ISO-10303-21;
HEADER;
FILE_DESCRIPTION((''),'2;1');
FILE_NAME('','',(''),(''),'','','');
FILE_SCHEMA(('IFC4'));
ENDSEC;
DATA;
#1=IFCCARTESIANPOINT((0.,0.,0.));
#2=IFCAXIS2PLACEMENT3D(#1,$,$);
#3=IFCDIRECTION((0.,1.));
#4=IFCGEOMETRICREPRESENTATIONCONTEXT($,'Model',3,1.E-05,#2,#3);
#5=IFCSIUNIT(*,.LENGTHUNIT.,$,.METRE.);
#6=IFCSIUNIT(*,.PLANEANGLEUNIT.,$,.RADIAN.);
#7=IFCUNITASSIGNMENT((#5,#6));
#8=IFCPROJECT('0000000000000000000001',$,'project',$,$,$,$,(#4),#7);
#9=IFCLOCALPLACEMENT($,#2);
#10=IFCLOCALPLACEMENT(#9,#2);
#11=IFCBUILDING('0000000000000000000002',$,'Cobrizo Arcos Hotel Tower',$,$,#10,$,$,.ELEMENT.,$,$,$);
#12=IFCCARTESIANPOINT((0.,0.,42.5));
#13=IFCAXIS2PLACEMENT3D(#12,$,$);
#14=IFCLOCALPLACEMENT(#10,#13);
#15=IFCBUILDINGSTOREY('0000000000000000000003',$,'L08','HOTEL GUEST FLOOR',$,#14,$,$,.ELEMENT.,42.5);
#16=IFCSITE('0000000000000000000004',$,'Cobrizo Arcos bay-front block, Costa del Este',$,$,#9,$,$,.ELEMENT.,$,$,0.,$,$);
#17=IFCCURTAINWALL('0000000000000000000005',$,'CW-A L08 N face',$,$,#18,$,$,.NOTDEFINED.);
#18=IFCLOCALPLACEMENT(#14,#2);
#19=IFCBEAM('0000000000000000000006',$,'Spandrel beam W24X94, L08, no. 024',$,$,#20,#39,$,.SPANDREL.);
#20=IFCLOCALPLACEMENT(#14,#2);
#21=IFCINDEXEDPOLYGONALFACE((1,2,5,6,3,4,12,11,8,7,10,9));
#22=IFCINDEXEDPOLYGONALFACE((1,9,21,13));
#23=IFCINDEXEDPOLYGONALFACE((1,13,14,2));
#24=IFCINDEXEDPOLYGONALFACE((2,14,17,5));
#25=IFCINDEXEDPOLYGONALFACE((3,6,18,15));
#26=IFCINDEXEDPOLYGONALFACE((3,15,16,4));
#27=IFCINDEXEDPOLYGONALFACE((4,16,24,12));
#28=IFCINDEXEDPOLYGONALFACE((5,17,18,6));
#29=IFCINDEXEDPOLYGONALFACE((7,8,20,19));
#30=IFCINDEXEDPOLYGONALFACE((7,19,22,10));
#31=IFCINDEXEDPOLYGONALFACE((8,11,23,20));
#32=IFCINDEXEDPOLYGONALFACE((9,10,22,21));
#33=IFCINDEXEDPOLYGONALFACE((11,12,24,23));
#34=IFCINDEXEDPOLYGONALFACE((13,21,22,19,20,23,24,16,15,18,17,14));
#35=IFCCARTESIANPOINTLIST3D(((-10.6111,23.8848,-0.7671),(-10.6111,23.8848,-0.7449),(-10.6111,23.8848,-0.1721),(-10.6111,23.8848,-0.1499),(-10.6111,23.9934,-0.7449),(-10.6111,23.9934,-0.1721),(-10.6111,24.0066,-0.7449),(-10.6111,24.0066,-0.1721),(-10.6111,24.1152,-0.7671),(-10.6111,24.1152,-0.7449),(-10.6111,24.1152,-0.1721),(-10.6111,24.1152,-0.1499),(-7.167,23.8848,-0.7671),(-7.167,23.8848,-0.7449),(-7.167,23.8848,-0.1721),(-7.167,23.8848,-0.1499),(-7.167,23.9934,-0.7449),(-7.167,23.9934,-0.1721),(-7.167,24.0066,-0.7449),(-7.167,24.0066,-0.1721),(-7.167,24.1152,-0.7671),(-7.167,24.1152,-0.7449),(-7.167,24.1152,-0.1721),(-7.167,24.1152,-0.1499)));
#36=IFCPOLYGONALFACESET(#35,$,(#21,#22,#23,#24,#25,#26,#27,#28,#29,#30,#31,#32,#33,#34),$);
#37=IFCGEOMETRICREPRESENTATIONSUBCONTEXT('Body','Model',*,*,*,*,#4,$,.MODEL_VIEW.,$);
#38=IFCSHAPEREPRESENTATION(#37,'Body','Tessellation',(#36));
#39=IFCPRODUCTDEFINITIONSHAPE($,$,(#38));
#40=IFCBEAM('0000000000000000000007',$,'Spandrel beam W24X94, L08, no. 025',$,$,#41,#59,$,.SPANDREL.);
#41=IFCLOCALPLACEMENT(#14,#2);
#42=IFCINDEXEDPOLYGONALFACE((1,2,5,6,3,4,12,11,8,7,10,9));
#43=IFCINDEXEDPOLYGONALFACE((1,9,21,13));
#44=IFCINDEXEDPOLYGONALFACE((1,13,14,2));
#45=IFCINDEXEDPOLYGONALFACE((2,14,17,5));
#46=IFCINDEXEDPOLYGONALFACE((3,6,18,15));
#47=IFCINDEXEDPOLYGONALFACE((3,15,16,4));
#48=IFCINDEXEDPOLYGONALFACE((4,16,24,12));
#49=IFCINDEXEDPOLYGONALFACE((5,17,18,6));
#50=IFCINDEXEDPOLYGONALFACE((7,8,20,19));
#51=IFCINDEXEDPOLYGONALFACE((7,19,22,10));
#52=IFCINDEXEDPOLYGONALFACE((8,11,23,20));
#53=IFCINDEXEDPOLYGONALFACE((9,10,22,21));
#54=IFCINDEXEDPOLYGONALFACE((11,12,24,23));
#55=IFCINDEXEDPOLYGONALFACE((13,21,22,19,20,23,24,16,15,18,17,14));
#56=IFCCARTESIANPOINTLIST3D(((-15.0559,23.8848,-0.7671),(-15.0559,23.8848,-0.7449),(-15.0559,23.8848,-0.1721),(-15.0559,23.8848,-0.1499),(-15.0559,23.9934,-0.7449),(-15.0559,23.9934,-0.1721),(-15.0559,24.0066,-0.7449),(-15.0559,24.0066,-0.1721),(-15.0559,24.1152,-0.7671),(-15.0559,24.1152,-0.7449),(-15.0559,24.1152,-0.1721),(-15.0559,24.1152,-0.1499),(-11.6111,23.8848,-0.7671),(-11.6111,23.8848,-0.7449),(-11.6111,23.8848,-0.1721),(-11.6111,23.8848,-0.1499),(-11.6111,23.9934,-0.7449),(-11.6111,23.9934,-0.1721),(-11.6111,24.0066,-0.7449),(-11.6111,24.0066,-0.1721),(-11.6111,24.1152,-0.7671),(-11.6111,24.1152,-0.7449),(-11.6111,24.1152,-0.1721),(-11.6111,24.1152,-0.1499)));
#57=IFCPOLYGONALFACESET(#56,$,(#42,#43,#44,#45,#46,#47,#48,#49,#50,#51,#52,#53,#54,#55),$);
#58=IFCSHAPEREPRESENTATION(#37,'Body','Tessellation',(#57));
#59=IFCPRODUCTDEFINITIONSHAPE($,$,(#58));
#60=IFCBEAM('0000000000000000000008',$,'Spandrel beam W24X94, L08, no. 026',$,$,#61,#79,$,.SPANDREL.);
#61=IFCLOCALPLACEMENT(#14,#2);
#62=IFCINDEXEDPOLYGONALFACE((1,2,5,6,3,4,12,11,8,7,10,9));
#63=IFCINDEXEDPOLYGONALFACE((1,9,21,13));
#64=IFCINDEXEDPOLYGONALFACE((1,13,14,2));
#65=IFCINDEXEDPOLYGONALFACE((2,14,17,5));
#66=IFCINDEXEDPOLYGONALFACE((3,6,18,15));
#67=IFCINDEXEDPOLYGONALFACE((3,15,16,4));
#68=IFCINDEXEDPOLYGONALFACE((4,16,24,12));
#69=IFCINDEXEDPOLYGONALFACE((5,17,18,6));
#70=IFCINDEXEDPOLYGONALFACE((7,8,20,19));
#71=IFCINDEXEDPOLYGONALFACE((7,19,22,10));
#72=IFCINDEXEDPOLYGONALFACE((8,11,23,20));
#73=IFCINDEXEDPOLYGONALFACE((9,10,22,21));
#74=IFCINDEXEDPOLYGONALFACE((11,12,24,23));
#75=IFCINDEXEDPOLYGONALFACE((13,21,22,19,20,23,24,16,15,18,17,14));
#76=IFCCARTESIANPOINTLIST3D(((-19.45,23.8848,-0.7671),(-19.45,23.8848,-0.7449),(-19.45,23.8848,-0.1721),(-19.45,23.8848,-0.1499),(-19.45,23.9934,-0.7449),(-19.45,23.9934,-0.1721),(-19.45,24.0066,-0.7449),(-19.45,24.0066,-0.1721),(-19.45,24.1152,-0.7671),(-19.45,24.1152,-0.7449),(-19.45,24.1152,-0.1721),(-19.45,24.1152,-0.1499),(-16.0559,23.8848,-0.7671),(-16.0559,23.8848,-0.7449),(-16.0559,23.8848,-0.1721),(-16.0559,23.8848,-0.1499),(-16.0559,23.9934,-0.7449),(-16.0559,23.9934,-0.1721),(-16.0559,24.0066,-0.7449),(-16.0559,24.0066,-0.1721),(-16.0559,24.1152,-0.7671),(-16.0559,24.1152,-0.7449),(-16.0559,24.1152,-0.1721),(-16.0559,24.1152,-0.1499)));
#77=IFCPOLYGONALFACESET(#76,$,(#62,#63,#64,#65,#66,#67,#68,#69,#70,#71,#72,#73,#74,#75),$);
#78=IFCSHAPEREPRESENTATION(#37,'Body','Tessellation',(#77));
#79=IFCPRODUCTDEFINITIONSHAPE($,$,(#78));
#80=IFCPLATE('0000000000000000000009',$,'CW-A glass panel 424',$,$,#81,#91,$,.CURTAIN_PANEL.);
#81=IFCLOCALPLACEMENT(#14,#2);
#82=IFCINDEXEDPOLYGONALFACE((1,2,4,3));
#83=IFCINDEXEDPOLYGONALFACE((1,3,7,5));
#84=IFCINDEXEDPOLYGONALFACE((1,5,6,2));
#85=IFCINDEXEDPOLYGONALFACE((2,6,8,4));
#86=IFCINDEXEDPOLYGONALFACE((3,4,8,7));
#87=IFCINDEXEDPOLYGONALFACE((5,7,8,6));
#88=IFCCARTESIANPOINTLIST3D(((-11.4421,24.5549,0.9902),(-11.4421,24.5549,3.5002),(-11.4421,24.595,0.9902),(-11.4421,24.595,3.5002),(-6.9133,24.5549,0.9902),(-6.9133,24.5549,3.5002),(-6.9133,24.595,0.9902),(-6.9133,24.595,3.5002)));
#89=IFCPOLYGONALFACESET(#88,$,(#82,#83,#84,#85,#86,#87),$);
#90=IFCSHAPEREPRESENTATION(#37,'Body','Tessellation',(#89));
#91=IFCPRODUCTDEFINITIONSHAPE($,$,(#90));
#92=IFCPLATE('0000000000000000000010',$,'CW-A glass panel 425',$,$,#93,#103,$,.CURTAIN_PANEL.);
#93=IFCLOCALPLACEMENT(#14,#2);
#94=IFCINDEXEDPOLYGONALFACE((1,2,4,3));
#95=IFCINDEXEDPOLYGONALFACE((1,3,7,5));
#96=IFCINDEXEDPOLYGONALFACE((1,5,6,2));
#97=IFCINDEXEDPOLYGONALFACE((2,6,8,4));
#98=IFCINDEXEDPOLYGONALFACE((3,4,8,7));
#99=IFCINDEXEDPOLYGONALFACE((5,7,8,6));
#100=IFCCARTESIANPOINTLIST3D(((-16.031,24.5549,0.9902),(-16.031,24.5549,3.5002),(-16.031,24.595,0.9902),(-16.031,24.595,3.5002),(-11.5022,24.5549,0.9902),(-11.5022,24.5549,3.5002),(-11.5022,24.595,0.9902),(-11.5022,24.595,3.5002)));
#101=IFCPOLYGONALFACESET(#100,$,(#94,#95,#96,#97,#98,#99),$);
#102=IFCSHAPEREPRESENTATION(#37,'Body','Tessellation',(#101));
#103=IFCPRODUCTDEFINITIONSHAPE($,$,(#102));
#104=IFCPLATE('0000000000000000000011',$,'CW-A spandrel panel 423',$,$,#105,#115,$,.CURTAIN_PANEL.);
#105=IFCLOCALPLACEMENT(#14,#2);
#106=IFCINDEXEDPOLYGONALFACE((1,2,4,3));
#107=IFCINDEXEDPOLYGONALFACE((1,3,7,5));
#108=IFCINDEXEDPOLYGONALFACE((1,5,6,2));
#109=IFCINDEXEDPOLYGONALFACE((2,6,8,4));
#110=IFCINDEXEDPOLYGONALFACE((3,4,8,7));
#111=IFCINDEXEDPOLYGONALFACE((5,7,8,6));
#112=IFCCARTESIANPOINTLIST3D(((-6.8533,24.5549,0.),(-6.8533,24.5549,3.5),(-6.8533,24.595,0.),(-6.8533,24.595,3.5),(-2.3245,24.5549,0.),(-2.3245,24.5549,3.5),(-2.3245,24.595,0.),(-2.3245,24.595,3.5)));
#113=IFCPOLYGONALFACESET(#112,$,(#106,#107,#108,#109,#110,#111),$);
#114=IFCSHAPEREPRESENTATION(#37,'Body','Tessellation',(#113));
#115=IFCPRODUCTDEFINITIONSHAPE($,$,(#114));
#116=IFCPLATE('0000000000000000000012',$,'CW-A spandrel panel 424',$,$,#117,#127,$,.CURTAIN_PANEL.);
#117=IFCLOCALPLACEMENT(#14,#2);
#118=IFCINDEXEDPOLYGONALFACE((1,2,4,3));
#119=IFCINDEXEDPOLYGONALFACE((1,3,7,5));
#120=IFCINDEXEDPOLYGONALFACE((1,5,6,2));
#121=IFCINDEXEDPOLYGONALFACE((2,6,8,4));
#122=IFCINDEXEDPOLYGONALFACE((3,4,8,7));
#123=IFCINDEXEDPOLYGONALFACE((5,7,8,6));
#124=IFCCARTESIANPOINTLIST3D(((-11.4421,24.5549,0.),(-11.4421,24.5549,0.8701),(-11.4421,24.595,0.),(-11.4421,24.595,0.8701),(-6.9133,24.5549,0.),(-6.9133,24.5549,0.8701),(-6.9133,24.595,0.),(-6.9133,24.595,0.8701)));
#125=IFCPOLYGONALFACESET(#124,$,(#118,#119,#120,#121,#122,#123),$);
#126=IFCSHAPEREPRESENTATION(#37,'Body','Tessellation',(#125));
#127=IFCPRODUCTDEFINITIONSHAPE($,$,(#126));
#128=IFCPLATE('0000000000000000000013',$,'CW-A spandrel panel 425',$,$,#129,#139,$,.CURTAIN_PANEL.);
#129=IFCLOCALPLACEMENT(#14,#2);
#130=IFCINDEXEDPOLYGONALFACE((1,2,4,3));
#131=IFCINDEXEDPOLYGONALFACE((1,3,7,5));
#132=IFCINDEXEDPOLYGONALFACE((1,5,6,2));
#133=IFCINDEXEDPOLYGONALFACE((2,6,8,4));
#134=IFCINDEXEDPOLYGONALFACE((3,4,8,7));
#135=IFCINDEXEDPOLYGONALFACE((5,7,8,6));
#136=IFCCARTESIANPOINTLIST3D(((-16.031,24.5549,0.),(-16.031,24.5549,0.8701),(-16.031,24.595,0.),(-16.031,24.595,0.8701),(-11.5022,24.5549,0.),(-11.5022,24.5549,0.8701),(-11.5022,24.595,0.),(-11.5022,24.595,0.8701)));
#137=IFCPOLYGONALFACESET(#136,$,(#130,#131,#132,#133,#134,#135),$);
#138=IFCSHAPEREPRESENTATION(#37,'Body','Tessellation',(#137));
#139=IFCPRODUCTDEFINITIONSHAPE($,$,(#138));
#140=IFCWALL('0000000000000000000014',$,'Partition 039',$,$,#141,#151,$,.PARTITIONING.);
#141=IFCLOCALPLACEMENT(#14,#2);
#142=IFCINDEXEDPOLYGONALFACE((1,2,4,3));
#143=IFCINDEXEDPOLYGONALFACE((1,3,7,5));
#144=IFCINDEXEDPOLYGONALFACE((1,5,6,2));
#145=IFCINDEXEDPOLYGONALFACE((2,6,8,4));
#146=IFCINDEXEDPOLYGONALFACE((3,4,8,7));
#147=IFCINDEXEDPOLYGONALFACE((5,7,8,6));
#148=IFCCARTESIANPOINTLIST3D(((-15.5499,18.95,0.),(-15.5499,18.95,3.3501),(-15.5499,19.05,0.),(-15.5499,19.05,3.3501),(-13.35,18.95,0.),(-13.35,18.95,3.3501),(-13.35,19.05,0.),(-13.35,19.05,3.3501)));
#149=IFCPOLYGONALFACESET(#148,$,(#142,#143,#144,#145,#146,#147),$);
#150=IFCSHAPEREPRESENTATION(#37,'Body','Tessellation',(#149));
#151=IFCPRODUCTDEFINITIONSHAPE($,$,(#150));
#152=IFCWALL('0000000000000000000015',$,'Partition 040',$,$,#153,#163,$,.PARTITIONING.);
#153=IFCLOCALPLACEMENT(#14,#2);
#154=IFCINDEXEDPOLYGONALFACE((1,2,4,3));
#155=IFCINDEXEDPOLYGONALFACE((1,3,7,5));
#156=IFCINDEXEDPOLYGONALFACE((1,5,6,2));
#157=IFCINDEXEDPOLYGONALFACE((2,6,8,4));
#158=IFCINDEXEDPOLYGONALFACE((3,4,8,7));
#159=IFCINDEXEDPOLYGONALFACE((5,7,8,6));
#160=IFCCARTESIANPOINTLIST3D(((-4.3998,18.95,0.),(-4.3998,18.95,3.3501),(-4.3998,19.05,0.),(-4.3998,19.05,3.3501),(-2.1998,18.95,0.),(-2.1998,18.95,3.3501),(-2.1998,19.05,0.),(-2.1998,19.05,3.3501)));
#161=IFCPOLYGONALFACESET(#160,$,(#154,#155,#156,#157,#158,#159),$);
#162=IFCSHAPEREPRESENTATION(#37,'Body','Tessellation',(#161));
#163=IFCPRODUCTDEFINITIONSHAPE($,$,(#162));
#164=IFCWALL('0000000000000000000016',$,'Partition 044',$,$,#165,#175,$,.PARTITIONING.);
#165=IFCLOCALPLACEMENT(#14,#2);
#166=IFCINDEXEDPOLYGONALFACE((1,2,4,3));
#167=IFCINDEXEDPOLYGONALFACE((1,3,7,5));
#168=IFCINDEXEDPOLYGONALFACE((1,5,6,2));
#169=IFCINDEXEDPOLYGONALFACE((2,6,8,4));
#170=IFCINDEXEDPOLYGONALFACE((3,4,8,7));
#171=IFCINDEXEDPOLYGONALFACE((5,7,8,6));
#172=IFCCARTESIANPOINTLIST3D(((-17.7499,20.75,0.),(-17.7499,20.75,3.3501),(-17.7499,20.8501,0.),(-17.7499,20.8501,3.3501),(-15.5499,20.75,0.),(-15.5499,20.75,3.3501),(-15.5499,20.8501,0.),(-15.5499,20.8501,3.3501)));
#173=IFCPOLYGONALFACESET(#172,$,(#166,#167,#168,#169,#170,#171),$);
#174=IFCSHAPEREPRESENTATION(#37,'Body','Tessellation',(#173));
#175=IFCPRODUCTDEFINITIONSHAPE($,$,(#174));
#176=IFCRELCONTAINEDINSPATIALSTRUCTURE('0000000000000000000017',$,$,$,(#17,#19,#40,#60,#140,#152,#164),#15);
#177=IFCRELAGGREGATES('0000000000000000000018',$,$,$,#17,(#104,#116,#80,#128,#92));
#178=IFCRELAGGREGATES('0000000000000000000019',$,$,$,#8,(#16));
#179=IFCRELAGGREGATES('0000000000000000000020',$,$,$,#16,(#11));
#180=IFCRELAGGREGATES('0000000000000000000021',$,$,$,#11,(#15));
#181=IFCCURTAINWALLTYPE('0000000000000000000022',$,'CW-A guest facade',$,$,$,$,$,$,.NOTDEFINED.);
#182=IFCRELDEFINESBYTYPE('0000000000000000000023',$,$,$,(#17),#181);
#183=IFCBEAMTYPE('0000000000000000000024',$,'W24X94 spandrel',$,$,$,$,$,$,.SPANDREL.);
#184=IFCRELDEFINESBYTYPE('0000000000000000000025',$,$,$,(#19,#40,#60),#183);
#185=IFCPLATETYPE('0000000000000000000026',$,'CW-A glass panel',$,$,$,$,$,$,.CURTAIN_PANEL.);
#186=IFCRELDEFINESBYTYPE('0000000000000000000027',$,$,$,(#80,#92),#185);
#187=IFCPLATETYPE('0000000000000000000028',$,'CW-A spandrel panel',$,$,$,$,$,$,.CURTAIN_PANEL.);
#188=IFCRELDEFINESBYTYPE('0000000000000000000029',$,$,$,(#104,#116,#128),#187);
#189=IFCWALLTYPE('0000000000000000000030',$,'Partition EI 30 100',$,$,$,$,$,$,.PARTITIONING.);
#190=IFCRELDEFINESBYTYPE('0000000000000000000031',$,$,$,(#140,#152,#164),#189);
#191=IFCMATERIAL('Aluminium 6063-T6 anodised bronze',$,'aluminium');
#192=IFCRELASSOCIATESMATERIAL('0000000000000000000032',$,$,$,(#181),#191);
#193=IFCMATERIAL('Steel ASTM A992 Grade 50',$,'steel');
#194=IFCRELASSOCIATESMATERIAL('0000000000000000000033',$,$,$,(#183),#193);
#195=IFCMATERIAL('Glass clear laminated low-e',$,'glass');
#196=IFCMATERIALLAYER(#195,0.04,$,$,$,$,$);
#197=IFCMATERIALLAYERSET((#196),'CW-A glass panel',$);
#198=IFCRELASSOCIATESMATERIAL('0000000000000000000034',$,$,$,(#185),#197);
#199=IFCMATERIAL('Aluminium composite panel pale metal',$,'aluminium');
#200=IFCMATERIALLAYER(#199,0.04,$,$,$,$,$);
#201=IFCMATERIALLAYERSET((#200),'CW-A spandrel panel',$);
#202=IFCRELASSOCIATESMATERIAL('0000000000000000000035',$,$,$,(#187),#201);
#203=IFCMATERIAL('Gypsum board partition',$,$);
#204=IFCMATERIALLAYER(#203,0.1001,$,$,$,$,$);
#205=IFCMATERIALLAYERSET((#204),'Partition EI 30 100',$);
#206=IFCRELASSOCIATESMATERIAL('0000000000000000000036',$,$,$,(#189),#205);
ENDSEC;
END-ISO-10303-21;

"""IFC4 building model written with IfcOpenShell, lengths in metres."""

from ifc_helpers import new_model, si_unit, direction, frame, frame_2d, origin, origin_2d, place, context, subcontext, project, spatial, rectangle, i_section, extrude, material, layer, layer_set, material_profile, profile_set, type_object, element, aggregate, save


model = new_model("IFC4")

# Units and contexts
model_context = context("Model", 3, precision=1e-05, world=origin(), true_north=direction((0.0, 1.0)))
body_context = subcontext(model_context, "Body", "Model", "MODEL_VIEW")
ifc_project = project(units=[si_unit("LENGTHUNIT", "METRE"), si_unit("PLANEANGLEUNIT", "RADIAN")], contexts=[model_context])

# Site, building, storey
site_placement = place(None, origin())
site = spatial("IfcSite", under=ifc_project, at=site_placement, Name="Cobrizo Arcos bay-front block, Costa del Este", CompositionType="ELEMENT", RefElevation=0.0)
building_placement = place(site_placement, origin())
building = spatial("IfcBuilding", under=site, at=building_placement, Name="Cobrizo Arcos Hotel Tower", CompositionType="ELEMENT")
storey_placement = place(building_placement, frame((0.0, 0.0, 42.5)))
storey = spatial("IfcBuildingStorey", under=building, at=storey_placement, Name="L08", Description="HOTEL GUEST FLOOR", CompositionType="ELEMENT", Elevation=42.5)

# Curtain wall
ifc_material_1 = material(Name="Aluminium 6063-T6 anodised bronze", Category="aluminium")
curtain_wall_type = type_object("IfcCurtainWallType", Name="CW-A guest facade", PredefinedType="NOTDEFINED", material=ifc_material_1)
curtain_wall_placement = place(storey_placement, origin())
curtain_wall = element("IfcCurtainWall", 1, at=curtain_wall_placement, inside=storey, type_object=curtain_wall_type, Name="CW-A L08 N face", PredefinedType="NOTDEFINED")

# Beams
ifc_material_2 = material(Name="Steel ASTM A992 Grade 50", Category="steel")
ifc_material_profile_1 = material_profile(ifc_material_2, i_section(OverallWidth=0.2305, OverallDepth=0.6172, WebThickness=0.0132, FlangeThickness=0.0222, at=origin_2d()), Name="W24X94")
ifc_profile_set_1 = profile_set([ifc_material_profile_1], Name="Steel ASTM A992 Grade 50")
beam_type = type_object("IfcBeamType", Name="W24X94 spandrel", PredefinedType="SPANDREL", material=ifc_profile_set_1)
beam_1_placement = place(storey_placement, frame((-7.167, 24.0, -0.4585), z_axis=(-1.0, 0.0, 0.0), x_axis=(0.0, -1.0, 0.0)))
element("IfcBeam", 2, at=beam_1_placement, inside=storey, type_object=beam_type, Name="Spandrel beam W24X94, L08, no. 024", PredefinedType="SPANDREL", context=body_context, shape_type="SweptSolid", body=[
    extrude(i_section(OverallWidth=0.2305, OverallDepth=0.6172, WebThickness=0.0132, FlangeThickness=0.0222, at=origin_2d()), origin(), (0.0, 0.0, 1.0), 3.4441),
])
beam_2_placement = place(storey_placement, frame((-11.6111, 24.0, -0.4585), z_axis=(-1.0, 0.0, 0.0), x_axis=(0.0, -1.0, 0.0)))
element("IfcBeam", 3, at=beam_2_placement, inside=storey, type_object=beam_type, Name="Spandrel beam W24X94, L08, no. 025", PredefinedType="SPANDREL", context=body_context, shape_type="SweptSolid", body=[
    extrude(i_section(OverallWidth=0.2305, OverallDepth=0.6172, WebThickness=0.0132, FlangeThickness=0.0222, at=origin_2d()), origin(), (0.0, 0.0, 1.0), 3.4448),
])
beam_3_placement = place(storey_placement, frame((-16.0559, 24.0, -0.4585), z_axis=(-1.0, 0.0, 0.0), x_axis=(0.0, -1.0, 0.0)))
element("IfcBeam", 4, at=beam_3_placement, inside=storey, type_object=beam_type, Name="Spandrel beam W24X94, L08, no. 026", PredefinedType="SPANDREL", context=body_context, shape_type="SweptSolid", body=[
    extrude(i_section(OverallWidth=0.2305, OverallDepth=0.6172, WebThickness=0.0132, FlangeThickness=0.0222, at=origin_2d()), origin(), (0.0, 0.0, 1.0), 3.394),
])

# Plates
ifc_material_3 = material(Name="Glass clear laminated low-e", Category="glass")
ifc_layer_1 = layer(ifc_material_3, 0.04)
ifc_layer_set_1 = layer_set([ifc_layer_1], Name="CW-A glass panel")
plate_type_1 = type_object("IfcPlateType", Name="CW-A glass panel", PredefinedType="CURTAIN_PANEL", material=ifc_layer_set_1)
plate_1_placement = place(storey_placement, frame((-9.1777, 24.575, 0.9902), z_axis=(0.0, 0.0, 1.0), x_axis=(-1.0, 0.0, 0.0)))
plate_1 = element("IfcPlate", 5, at=plate_1_placement, type_object=plate_type_1, Name="CW-A glass panel 424", PredefinedType="CURTAIN_PANEL", context=body_context, shape_type="SweptSolid", body=[
    extrude(rectangle(XDim=4.5288, YDim=0.04, at=origin_2d()), origin(), (0.0, 0.0, 1.0), 2.51),
])
plate_2_placement = place(storey_placement, frame((-13.7666, 24.575, 0.9902), z_axis=(0.0, 0.0, 1.0), x_axis=(-1.0, 0.0, 0.0)))
plate_2 = element("IfcPlate", 6, at=plate_2_placement, type_object=plate_type_1, Name="CW-A glass panel 425", PredefinedType="CURTAIN_PANEL", context=body_context, shape_type="SweptSolid", body=[
    extrude(rectangle(XDim=4.5288, YDim=0.04, at=origin_2d()), origin(), (0.0, 0.0, 1.0), 2.51),
])
ifc_material_4 = material(Name="Aluminium composite panel pale metal", Category="aluminium")
ifc_layer_2 = layer(ifc_material_4, 0.04)
ifc_layer_set_2 = layer_set([ifc_layer_2], Name="CW-A spandrel panel")
plate_type_2 = type_object("IfcPlateType", Name="CW-A spandrel panel", PredefinedType="CURTAIN_PANEL", material=ifc_layer_set_2)
plate_3_placement = place(storey_placement, frame((-4.5889, 24.575, 0.0), z_axis=(0.0, 0.0, 1.0), x_axis=(-1.0, 0.0, 0.0)))
plate_3 = element("IfcPlate", 7, at=plate_3_placement, type_object=plate_type_2, Name="CW-A spandrel panel 423", PredefinedType="CURTAIN_PANEL", context=body_context, shape_type="SweptSolid", body=[
    extrude(rectangle(XDim=4.5288, YDim=0.04, at=origin_2d()), origin(), (0.0, 0.0, 1.0), 3.5),
])
plate_4_placement = place(storey_placement, frame((-9.1777, 24.575, 0.0), z_axis=(0.0, 0.0, 1.0), x_axis=(-1.0, 0.0, 0.0)))
plate_4 = element("IfcPlate", 8, at=plate_4_placement, type_object=plate_type_2, Name="CW-A spandrel panel 424", PredefinedType="CURTAIN_PANEL", context=body_context, shape_type="SweptSolid", body=[
    extrude(rectangle(XDim=4.5288, YDim=0.04, at=origin_2d()), origin(), (0.0, 0.0, 1.0), 0.8701),
])
plate_5_placement = place(storey_placement, frame((-13.7666, 24.575, 0.0), z_axis=(0.0, 0.0, 1.0), x_axis=(-1.0, 0.0, 0.0)))
plate_5 = element("IfcPlate", 9, at=plate_5_placement, type_object=plate_type_2, Name="CW-A spandrel panel 425", PredefinedType="CURTAIN_PANEL", context=body_context, shape_type="SweptSolid", body=[
    extrude(rectangle(XDim=4.5288, YDim=0.04, at=origin_2d()), origin(), (0.0, 0.0, 1.0), 0.8701),
])
aggregate(curtain_wall, [plate_3, plate_4, plate_1, plate_5, plate_2])

# Walls
ifc_material_5 = material(Name="Gypsum board partition")
ifc_layer_3 = layer(ifc_material_5, 0.1001)
ifc_layer_set_3 = layer_set([ifc_layer_3], Name="Partition EI 30 100")
wall_type = type_object("IfcWallType", Name="Partition EI 30 100", PredefinedType="PARTITIONING", material=ifc_layer_set_3)
for number, where, z_axis, x_axis, name in (
    (10, (-15.55, 19.0, 0.0), (0.0, 0.0, 1.0), (1.0, 0.0, 0.0), "Partition 039"),
    (11, (-4.3999, 19.0, 0.0), (0.0, 0.0, 1.0), (1.0, 0.0, 0.0), "Partition 040"),
    (12, (-17.75, 20.8, 0.0), (0.0, 0.0, 1.0), (1.0, 0.0, 0.0), "Partition 044"),
):
    element("IfcWall", number, at=place(storey_placement, frame(where, z_axis=z_axis, x_axis=x_axis)), inside=storey, type_object=wall_type, Name=name, PredefinedType="PARTITIONING", context=body_context, shape_type="SweptSolid", body=[
        extrude(rectangle(XDim=2.2, YDim=0.1001, at=frame_2d((1.1001, 0.0))), origin(), (0.0, 0.0, 1.0), 3.3501),
    ])

save(model, "model.ifc")
